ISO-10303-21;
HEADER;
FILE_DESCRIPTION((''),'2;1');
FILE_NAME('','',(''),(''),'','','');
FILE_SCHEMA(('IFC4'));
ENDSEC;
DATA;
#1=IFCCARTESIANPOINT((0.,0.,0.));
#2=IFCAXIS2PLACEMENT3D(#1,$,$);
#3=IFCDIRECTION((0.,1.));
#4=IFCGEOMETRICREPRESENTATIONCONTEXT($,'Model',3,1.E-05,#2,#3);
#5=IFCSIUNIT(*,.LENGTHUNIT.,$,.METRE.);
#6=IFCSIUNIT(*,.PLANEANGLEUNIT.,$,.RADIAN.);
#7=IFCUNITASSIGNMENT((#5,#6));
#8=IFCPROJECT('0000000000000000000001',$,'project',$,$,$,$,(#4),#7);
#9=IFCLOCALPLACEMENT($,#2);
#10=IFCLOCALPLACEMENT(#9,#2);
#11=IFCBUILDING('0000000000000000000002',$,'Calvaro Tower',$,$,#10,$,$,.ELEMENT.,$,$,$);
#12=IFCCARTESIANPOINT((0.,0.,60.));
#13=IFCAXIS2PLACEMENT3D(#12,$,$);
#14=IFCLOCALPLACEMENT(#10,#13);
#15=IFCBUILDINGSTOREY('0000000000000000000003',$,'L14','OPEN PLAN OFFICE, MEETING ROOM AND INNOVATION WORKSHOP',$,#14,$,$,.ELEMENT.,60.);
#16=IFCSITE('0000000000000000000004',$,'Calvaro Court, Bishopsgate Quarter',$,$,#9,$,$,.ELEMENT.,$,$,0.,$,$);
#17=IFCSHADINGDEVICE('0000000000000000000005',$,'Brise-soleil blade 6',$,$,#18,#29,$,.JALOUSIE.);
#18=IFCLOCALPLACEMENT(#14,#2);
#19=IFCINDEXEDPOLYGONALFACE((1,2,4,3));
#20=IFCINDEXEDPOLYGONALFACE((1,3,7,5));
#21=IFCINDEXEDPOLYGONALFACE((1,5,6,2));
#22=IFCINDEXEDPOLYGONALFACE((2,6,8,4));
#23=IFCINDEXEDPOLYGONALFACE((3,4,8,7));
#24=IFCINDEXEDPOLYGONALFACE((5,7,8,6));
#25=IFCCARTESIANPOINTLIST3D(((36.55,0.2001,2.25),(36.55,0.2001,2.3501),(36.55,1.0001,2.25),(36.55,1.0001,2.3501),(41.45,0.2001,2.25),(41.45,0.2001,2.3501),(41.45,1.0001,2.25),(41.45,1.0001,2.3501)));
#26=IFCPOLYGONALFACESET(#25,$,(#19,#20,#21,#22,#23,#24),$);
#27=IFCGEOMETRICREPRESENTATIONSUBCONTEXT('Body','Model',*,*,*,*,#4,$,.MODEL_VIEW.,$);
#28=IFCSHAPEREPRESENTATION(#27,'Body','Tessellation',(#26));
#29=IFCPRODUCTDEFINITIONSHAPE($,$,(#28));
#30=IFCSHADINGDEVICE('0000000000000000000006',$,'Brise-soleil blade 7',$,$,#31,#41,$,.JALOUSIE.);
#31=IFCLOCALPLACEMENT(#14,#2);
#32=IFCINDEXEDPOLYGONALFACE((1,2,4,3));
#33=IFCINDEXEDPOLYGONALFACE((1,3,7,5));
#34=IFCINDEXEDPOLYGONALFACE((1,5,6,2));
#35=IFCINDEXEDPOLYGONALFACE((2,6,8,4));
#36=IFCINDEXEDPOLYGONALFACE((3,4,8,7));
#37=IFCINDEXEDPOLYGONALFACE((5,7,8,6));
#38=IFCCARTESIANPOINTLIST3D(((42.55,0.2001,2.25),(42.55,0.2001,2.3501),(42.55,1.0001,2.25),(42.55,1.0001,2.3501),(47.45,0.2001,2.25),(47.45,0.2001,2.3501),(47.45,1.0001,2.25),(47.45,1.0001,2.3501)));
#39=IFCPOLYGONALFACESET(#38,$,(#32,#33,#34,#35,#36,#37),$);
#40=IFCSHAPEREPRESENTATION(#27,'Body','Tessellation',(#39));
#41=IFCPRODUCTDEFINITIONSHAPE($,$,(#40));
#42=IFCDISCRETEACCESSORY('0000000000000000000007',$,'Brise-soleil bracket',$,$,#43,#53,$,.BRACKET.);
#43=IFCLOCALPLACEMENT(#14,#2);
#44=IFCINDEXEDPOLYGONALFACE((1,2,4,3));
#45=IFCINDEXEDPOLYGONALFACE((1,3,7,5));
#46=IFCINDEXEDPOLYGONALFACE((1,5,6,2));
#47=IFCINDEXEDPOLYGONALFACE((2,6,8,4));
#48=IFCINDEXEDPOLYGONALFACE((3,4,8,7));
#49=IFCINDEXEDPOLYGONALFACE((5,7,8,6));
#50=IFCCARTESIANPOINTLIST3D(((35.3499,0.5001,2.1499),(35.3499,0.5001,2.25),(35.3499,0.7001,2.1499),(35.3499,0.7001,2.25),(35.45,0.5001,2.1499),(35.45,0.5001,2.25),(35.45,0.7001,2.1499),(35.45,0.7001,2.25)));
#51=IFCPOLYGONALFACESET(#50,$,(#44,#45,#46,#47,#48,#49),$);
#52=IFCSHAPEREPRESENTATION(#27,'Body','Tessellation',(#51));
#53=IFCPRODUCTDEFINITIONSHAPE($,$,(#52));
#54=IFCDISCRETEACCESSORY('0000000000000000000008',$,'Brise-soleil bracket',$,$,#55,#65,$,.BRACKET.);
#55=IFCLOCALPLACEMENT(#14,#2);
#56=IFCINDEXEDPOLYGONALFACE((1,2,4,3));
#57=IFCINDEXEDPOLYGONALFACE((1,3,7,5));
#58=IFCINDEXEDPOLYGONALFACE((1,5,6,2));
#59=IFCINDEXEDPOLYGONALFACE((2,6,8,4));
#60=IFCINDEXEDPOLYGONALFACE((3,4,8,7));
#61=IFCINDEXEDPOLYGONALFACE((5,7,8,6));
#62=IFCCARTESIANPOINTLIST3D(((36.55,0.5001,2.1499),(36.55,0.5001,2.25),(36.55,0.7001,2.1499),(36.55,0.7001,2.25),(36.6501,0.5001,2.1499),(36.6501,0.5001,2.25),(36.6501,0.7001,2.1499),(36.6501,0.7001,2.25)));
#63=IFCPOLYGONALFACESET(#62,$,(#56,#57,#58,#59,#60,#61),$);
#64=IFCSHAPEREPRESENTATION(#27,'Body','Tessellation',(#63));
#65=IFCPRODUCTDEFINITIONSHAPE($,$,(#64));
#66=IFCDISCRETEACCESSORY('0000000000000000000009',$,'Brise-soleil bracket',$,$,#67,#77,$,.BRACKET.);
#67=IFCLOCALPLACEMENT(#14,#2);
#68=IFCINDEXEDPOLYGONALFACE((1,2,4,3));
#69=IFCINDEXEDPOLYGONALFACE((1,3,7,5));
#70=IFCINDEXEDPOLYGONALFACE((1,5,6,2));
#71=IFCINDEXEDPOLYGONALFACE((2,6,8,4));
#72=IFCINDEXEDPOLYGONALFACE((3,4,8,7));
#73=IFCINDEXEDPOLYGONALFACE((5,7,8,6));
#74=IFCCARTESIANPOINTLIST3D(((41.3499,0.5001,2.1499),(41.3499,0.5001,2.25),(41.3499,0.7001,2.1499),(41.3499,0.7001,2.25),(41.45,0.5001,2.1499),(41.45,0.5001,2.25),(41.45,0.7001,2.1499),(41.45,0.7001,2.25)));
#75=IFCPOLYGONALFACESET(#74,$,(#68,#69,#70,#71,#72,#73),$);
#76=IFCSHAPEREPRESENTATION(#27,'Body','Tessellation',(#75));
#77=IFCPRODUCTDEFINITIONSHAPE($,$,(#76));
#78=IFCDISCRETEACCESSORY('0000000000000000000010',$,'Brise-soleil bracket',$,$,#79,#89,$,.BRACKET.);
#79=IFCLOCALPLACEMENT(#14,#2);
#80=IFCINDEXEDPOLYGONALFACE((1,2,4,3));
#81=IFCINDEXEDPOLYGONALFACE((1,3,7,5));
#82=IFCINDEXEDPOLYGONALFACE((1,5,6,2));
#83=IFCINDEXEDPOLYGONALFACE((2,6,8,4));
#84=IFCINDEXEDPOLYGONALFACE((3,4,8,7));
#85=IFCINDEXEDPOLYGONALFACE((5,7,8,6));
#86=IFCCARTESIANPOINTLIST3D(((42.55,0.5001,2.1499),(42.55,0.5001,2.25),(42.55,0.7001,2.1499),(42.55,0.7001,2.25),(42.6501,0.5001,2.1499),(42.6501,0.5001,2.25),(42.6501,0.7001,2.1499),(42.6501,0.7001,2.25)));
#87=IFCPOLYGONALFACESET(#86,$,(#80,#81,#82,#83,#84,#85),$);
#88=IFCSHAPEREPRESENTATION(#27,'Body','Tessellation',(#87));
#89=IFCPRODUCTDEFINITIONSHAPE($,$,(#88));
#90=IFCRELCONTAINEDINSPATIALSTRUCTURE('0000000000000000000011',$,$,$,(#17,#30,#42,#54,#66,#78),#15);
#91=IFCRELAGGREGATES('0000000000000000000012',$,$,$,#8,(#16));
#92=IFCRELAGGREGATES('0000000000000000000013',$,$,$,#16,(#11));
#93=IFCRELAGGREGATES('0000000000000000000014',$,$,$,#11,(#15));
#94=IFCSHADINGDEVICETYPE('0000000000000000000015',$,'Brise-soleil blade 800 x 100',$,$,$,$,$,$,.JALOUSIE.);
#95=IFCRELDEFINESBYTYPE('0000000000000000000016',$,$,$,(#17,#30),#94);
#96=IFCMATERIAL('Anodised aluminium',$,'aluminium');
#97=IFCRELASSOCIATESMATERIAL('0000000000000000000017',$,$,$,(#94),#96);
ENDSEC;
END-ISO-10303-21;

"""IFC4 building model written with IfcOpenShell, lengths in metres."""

from ifc_helpers import new_model, si_unit, direction, frame, origin, origin_2d, place, context, subcontext, project, spatial, rectangle, extrude, material, material_profile, profile_set, type_object, element, save


model = new_model("IFC4")

# Units and contexts
model_context = context("Model", 3, precision=1e-05, world=origin(), true_north=direction((0.0, 1.0)))
body_context = subcontext(model_context, "Body", "Model", "MODEL_VIEW")
ifc_project = project(units=[si_unit("LENGTHUNIT", "METRE"), si_unit("PLANEANGLEUNIT", "RADIAN")], contexts=[model_context])

# Site, building, storey
site_placement = place(None, origin())
site = spatial("IfcSite", under=ifc_project, at=site_placement, Name="Calvaro Court, Bishopsgate Quarter", CompositionType="ELEMENT", RefElevation=0.0)
building_placement = place(site_placement, origin())
building = spatial("IfcBuilding", under=site, at=building_placement, Name="Calvaro Tower", CompositionType="ELEMENT")
storey_placement = place(building_placement, frame((0.0, 0.0, 60.0)))
storey = spatial("IfcBuildingStorey", under=building, at=storey_placement, Name="L14", Description="OPEN PLAN OFFICE, MEETING ROOM AND INNOVATION WORKSHOP", CompositionType="ELEMENT", Elevation=60.0)

# Shading devices
ifc_material_1 = material(Name="Anodised aluminium", Category="aluminium")
ifc_material_profile_1 = material_profile(ifc_material_1, rectangle(XDim=0.8, YDim=0.1001, at=origin_2d()), Name="Brise-soleil blade 800 x 100")
ifc_profile_set_1 = profile_set([ifc_material_profile_1], Name="Anodised aluminium")
shading_device_type = type_object("IfcShadingDeviceType", Name="Brise-soleil blade 800 x 100", PredefinedType="JALOUSIE", material=ifc_profile_set_1)
for number, where, z_axis, x_axis, name in (
    (1, (36.55, 0.6001, 2.3), (1.0, 0.0, 0.0), (0.0, 1.0, 0.0), "Brise-soleil blade 6"),
    (2, (42.55, 0.6001, 2.3), (1.0, 0.0, 0.0), (0.0, 1.0, 0.0), "Brise-soleil blade 7"),
):
    element("IfcShadingDevice", number, at=place(storey_placement, frame(where, z_axis=z_axis, x_axis=x_axis)), inside=storey, type_object=shading_device_type, Name=name, PredefinedType="JALOUSIE", context=body_context, shape_type="SweptSolid", body=[
        extrude(rectangle(XDim=0.8, YDim=0.1001, at=origin_2d()), origin(), (0.0, 0.0, 1.0), 4.8999),
    ])

# Discrete accessories
for number, where, z_axis, x_axis, name in (
    (3, (35.3999, 0.6001, 2.1499), (0.0, 0.0, 1.0), (1.0, 0.0, 0.0), "Brise-soleil bracket"),
    (4, (36.6001, 0.6001, 2.1499), (0.0, 0.0, 1.0), (1.0, 0.0, 0.0), "Brise-soleil bracket"),
    (5, (41.3999, 0.6001, 2.1499), (0.0, 0.0, 1.0), (1.0, 0.0, 0.0), "Brise-soleil bracket"),
    (6, (42.6001, 0.6001, 2.1499), (0.0, 0.0, 1.0), (1.0, 0.0, 0.0), "Brise-soleil bracket"),
):
    element("IfcDiscreteAccessory", number, at=place(storey_placement, frame(where, z_axis=z_axis, x_axis=x_axis)), inside=storey, Name=name, PredefinedType="BRACKET", context=body_context, shape_type="SweptSolid", body=[
        extrude(rectangle(XDim=0.1001, YDim=0.2, at=origin_2d()), origin(), (0.0, 0.0, 1.0), 0.1001),
    ])

save(model, "model.ifc")
